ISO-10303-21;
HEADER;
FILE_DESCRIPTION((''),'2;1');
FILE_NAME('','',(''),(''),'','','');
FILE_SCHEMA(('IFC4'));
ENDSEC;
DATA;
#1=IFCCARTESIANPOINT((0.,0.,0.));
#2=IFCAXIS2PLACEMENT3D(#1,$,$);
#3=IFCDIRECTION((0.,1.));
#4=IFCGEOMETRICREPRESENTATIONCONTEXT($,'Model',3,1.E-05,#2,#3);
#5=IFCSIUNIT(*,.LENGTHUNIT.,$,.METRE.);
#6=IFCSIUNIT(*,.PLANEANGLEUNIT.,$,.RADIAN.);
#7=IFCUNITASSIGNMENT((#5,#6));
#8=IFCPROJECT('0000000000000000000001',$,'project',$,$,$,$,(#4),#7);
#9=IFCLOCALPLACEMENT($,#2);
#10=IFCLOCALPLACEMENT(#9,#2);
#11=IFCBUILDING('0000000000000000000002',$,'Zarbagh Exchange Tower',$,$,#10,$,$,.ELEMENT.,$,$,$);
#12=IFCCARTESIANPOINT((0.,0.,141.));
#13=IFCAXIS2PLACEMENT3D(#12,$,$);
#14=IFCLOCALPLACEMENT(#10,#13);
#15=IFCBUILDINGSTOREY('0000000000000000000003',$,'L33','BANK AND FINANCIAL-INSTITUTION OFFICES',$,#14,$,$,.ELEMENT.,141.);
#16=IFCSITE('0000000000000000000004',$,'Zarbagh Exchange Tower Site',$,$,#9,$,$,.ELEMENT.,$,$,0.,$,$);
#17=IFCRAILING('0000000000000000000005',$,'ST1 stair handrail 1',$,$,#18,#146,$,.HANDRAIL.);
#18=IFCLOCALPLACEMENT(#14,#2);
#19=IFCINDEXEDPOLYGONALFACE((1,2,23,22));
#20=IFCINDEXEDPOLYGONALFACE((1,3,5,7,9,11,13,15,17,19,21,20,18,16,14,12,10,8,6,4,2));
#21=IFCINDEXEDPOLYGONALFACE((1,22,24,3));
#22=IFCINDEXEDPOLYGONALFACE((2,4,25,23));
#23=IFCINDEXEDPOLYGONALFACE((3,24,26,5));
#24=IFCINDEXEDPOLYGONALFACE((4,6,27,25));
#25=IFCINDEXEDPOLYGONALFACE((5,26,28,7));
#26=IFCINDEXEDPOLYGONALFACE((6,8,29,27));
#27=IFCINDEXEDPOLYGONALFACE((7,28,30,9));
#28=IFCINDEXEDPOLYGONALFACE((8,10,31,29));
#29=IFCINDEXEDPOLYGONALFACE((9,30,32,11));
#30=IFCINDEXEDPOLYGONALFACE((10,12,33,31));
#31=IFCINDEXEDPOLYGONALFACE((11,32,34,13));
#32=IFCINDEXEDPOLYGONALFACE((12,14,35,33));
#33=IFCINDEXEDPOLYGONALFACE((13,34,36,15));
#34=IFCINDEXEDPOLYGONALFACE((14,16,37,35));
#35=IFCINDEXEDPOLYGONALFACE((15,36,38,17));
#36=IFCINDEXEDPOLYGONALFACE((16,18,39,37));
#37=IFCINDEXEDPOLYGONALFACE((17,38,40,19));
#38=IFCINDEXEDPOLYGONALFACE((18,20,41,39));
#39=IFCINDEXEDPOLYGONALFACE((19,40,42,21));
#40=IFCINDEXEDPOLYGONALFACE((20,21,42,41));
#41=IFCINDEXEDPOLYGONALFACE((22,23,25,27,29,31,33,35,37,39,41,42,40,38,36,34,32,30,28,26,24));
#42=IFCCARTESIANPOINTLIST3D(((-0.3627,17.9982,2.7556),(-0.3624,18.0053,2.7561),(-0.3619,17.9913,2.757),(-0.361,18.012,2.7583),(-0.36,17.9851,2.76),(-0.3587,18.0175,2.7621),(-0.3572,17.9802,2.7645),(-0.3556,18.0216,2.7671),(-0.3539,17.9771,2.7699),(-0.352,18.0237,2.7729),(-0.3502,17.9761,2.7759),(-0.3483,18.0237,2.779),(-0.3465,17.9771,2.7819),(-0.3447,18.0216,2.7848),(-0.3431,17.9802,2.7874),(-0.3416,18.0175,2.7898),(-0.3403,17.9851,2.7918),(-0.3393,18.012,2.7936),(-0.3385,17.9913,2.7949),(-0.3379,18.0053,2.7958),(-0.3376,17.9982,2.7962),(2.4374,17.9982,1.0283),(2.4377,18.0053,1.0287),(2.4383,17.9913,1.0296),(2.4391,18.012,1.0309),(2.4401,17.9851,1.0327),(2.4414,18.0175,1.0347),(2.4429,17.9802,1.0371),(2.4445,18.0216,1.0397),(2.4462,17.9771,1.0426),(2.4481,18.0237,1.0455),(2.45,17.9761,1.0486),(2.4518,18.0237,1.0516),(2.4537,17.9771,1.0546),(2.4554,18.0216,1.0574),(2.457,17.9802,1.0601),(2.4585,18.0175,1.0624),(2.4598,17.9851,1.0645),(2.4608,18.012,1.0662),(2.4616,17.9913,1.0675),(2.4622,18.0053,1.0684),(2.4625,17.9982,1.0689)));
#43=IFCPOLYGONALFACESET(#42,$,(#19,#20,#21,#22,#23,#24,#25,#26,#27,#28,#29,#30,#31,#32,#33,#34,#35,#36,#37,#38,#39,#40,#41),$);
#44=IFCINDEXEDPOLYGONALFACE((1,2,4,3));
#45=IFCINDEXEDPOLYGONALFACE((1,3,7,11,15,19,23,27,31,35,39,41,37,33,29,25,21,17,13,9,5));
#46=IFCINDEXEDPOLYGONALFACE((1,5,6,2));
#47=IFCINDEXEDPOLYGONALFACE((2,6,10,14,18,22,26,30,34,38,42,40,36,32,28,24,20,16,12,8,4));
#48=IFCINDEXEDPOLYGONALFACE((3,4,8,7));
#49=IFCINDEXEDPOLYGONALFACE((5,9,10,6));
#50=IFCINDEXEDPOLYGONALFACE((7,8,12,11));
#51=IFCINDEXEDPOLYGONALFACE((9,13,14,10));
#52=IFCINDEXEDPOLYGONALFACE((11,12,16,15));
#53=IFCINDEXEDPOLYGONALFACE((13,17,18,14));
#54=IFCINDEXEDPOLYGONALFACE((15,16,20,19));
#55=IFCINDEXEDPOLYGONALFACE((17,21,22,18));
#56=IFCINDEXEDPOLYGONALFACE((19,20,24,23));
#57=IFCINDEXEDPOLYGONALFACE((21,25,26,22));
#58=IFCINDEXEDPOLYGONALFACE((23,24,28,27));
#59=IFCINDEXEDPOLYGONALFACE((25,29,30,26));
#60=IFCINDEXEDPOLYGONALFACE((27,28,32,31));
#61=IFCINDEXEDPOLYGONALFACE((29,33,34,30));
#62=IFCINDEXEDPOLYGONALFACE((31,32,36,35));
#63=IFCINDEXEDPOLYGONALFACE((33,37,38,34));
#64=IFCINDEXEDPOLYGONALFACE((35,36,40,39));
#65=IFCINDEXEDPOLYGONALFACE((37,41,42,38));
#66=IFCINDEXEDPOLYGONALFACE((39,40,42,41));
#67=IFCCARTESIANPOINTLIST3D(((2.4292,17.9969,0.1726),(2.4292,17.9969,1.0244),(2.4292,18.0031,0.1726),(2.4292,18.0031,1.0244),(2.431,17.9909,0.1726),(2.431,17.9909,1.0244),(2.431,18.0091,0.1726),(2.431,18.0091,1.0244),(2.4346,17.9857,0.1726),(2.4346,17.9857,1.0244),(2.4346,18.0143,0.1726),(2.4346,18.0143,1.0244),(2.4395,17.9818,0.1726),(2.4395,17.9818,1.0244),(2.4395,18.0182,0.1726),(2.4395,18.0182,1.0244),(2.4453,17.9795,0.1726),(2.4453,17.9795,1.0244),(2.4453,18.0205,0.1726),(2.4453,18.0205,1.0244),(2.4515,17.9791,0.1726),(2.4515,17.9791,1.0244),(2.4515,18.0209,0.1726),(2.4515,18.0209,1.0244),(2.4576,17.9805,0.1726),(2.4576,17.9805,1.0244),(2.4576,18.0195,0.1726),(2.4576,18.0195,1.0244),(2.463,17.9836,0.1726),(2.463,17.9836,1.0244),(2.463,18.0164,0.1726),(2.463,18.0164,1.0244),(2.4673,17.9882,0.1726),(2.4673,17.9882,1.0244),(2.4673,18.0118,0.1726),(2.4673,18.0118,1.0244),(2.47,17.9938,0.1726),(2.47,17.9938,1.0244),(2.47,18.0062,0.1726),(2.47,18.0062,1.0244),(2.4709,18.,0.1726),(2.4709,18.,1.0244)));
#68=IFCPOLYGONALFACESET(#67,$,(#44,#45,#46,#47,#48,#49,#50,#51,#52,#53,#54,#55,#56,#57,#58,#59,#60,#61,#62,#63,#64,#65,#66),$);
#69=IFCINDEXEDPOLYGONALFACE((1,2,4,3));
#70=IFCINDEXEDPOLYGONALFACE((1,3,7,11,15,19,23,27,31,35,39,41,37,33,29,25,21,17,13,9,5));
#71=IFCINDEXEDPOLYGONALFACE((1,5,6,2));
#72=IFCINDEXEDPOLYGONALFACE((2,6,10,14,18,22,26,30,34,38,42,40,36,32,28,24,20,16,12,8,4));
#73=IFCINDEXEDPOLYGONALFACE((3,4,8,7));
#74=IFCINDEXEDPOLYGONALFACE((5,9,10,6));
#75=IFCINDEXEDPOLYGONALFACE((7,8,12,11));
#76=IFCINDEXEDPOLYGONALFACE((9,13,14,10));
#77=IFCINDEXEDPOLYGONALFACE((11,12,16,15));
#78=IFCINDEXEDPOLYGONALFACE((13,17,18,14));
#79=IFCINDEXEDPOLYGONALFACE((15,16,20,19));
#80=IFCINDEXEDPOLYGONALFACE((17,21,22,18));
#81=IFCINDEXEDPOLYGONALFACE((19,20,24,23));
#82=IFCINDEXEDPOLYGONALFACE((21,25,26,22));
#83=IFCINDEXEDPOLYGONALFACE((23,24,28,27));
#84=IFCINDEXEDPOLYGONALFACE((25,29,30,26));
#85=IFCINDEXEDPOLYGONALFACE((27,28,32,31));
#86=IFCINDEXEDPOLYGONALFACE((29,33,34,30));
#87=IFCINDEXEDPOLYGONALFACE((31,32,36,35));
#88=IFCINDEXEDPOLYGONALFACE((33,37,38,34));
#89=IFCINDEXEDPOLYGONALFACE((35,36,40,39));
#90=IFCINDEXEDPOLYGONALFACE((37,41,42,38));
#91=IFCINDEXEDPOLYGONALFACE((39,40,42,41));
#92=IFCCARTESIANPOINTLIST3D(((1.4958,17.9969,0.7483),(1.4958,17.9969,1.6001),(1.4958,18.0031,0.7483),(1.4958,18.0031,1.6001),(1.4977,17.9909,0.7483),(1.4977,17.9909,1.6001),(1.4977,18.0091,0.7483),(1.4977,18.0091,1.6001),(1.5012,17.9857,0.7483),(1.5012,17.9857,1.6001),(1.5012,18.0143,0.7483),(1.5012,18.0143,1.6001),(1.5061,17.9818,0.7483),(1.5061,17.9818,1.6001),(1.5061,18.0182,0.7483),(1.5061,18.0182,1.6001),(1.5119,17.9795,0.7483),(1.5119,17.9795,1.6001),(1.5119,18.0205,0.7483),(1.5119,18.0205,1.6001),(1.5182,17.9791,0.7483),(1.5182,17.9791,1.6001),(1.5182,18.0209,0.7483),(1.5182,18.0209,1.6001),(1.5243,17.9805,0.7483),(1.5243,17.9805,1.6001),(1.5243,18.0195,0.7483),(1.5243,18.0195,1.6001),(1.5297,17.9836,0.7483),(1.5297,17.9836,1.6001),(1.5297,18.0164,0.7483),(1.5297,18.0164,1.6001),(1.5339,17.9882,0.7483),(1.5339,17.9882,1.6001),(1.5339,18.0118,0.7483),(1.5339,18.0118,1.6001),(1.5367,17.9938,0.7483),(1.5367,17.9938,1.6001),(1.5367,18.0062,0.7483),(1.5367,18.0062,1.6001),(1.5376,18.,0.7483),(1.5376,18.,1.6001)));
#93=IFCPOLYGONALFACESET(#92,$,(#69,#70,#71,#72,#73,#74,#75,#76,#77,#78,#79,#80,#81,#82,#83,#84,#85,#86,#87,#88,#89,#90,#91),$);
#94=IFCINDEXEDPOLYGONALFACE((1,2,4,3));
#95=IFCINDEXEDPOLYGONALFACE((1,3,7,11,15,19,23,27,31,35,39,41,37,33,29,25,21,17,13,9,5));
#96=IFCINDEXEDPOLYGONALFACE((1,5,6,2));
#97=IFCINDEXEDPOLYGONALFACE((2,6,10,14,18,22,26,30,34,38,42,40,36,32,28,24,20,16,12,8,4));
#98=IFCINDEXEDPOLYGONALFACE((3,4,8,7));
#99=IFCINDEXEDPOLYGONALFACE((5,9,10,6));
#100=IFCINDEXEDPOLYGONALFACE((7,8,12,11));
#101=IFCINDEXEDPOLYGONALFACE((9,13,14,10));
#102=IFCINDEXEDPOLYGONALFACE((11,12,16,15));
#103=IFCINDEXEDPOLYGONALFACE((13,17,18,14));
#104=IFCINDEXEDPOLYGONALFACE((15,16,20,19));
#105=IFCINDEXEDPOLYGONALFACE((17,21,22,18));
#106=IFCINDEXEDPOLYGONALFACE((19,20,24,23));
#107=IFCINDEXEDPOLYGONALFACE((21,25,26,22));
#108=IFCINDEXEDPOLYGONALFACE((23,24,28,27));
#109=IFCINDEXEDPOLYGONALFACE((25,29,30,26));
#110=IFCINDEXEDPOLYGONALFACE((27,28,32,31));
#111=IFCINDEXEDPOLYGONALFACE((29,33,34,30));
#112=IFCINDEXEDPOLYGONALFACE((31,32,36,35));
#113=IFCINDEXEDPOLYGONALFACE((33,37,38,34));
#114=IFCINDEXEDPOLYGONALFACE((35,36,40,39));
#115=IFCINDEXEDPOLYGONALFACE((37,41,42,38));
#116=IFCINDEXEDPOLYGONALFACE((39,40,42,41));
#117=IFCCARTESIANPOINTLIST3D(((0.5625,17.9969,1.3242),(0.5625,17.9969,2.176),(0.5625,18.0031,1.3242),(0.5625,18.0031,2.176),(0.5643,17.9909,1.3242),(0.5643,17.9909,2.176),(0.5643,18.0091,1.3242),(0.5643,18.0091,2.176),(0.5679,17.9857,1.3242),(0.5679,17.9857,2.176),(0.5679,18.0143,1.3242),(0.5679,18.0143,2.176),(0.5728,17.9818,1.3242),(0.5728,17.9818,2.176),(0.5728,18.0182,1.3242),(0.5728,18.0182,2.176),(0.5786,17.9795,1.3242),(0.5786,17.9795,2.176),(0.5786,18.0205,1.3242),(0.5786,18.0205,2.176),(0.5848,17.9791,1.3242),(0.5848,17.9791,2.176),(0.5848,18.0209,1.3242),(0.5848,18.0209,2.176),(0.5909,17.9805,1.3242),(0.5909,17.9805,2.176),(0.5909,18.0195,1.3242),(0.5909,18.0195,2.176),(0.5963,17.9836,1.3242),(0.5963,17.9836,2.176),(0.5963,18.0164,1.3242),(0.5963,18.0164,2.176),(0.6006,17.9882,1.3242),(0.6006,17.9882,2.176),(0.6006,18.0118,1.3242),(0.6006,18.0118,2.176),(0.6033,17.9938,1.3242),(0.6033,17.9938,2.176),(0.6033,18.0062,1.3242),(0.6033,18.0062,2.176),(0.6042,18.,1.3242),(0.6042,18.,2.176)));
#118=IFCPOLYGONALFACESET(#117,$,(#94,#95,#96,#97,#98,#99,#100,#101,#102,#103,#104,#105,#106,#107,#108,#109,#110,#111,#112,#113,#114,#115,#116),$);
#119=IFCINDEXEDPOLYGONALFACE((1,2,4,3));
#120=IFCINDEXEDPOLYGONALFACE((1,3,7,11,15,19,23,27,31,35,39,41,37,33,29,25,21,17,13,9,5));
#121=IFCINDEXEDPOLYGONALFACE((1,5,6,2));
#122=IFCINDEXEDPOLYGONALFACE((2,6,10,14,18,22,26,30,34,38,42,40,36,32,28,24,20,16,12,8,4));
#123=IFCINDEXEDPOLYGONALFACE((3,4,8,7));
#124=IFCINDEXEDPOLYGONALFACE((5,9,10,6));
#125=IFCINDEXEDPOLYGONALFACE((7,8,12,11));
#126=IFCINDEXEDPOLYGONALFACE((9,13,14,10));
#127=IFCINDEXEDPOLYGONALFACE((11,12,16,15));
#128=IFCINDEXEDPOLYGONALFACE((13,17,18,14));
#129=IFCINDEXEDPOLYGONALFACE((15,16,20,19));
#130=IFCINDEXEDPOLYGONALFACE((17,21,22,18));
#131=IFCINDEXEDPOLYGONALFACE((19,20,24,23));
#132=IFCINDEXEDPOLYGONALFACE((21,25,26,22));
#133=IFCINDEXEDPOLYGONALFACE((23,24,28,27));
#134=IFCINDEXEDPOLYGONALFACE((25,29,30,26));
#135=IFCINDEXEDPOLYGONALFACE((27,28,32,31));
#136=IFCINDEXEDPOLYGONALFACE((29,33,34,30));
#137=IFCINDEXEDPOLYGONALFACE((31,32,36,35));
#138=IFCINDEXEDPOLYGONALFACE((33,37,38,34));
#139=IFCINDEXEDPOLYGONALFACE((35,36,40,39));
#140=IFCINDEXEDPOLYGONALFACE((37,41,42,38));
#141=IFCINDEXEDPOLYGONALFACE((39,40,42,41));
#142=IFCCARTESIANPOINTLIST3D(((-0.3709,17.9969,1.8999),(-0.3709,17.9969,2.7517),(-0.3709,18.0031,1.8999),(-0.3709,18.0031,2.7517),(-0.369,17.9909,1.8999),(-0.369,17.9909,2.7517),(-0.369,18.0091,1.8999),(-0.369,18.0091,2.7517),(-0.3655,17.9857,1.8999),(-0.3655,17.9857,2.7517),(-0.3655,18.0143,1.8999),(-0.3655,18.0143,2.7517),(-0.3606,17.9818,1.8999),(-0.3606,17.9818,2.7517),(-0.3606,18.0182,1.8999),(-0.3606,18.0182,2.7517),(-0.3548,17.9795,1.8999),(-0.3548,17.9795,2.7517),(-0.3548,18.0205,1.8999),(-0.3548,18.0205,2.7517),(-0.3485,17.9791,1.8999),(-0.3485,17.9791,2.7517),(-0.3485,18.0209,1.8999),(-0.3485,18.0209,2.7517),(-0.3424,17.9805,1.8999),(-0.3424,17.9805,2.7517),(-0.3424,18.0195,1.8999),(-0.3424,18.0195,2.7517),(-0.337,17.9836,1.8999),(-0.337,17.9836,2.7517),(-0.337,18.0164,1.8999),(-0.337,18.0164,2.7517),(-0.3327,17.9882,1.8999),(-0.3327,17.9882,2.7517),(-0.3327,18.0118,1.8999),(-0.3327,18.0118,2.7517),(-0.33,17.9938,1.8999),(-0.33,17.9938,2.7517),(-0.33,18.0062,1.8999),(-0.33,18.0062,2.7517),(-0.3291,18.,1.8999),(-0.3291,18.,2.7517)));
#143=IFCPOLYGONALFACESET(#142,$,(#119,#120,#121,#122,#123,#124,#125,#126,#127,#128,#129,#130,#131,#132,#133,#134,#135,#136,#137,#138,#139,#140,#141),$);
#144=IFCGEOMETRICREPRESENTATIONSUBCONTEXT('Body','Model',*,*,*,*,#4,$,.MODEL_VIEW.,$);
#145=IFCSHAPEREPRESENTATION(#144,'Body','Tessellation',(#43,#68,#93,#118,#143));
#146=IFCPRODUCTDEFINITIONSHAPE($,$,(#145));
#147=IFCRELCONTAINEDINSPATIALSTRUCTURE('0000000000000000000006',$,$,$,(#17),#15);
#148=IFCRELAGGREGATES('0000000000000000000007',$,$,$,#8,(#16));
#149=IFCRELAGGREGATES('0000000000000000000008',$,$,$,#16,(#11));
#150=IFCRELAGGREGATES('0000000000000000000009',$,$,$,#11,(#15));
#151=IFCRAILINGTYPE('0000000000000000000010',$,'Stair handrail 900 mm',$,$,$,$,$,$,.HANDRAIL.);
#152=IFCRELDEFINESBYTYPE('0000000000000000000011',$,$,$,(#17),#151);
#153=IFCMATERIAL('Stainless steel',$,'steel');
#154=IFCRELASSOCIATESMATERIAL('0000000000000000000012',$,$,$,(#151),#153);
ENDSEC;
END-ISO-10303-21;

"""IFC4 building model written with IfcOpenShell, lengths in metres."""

from ifc_helpers import new_model, si_unit, direction, frame, origin, origin_2d, place, context, subcontext, project, spatial, circle, extrude, material, type_object, element, save


model = new_model("IFC4")

# Units and contexts
model_context = context("Model", 3, precision=1e-05, world=origin(), true_north=direction((0.0, 1.0)))
body_context = subcontext(model_context, "Body", "Model", "MODEL_VIEW")
ifc_project = project(units=[si_unit("LENGTHUNIT", "METRE"), si_unit("PLANEANGLEUNIT", "RADIAN")], contexts=[model_context])

# Site, building, storey
site_placement = place(None, origin())
site = spatial("IfcSite", under=ifc_project, at=site_placement, Name="Zarbagh Exchange Tower Site", CompositionType="ELEMENT", RefElevation=0.0)
building_placement = place(site_placement, origin())
building = spatial("IfcBuilding", under=site, at=building_placement, Name="Zarbagh Exchange Tower", CompositionType="ELEMENT")
storey_placement = place(building_placement, frame((0.0, 0.0, 141.0)))
storey = spatial("IfcBuildingStorey", under=building, at=storey_placement, Name="L33", Description="BANK AND FINANCIAL-INSTITUTION OFFICES", CompositionType="ELEMENT", Elevation=141.0)

# Railing
ifc_material_1 = material(Name="Stainless steel", Category="steel")
railing_type = type_object("IfcRailingType", Name="Stair handrail 900 mm", PredefinedType="HANDRAIL", material=ifc_material_1)
railing_placement = place(storey_placement, frame((2.45, 18.0, 0.1726)))
element("IfcRailing", 1, at=railing_placement, inside=storey, type_object=railing_type, Name="ST1 stair handrail 1", PredefinedType="HANDRAIL", context=body_context, shape_type="SweptSolid", body=[
    extrude(circle(Radius=0.0239, at=origin_2d()), frame((0.0, 0.0, 0.876), z_axis=(-0.85109, 0.0, 0.52502), x_axis=(0.0, -1.0, 0.0)), (0.0, 0.0, 1.0), 3.29),
    extrude(circle(Radius=0.021, at=origin_2d()), origin(), (0.0, 0.0, 1.0), 0.8518),
    extrude(circle(Radius=0.021, at=origin_2d()), frame((-0.9333, 0.0, 0.5757)), (0.0, 0.0, 1.0), 0.8518),
    extrude(circle(Radius=0.021, at=origin_2d()), frame((-1.8667, 0.0, 1.1516)), (0.0, 0.0, 1.0), 0.8518),
    extrude(circle(Radius=0.021, at=origin_2d()), frame((-2.8, 0.0, 1.7273)), (0.0, 0.0, 1.0), 0.8518),
])

save(model, "model.ifc")
